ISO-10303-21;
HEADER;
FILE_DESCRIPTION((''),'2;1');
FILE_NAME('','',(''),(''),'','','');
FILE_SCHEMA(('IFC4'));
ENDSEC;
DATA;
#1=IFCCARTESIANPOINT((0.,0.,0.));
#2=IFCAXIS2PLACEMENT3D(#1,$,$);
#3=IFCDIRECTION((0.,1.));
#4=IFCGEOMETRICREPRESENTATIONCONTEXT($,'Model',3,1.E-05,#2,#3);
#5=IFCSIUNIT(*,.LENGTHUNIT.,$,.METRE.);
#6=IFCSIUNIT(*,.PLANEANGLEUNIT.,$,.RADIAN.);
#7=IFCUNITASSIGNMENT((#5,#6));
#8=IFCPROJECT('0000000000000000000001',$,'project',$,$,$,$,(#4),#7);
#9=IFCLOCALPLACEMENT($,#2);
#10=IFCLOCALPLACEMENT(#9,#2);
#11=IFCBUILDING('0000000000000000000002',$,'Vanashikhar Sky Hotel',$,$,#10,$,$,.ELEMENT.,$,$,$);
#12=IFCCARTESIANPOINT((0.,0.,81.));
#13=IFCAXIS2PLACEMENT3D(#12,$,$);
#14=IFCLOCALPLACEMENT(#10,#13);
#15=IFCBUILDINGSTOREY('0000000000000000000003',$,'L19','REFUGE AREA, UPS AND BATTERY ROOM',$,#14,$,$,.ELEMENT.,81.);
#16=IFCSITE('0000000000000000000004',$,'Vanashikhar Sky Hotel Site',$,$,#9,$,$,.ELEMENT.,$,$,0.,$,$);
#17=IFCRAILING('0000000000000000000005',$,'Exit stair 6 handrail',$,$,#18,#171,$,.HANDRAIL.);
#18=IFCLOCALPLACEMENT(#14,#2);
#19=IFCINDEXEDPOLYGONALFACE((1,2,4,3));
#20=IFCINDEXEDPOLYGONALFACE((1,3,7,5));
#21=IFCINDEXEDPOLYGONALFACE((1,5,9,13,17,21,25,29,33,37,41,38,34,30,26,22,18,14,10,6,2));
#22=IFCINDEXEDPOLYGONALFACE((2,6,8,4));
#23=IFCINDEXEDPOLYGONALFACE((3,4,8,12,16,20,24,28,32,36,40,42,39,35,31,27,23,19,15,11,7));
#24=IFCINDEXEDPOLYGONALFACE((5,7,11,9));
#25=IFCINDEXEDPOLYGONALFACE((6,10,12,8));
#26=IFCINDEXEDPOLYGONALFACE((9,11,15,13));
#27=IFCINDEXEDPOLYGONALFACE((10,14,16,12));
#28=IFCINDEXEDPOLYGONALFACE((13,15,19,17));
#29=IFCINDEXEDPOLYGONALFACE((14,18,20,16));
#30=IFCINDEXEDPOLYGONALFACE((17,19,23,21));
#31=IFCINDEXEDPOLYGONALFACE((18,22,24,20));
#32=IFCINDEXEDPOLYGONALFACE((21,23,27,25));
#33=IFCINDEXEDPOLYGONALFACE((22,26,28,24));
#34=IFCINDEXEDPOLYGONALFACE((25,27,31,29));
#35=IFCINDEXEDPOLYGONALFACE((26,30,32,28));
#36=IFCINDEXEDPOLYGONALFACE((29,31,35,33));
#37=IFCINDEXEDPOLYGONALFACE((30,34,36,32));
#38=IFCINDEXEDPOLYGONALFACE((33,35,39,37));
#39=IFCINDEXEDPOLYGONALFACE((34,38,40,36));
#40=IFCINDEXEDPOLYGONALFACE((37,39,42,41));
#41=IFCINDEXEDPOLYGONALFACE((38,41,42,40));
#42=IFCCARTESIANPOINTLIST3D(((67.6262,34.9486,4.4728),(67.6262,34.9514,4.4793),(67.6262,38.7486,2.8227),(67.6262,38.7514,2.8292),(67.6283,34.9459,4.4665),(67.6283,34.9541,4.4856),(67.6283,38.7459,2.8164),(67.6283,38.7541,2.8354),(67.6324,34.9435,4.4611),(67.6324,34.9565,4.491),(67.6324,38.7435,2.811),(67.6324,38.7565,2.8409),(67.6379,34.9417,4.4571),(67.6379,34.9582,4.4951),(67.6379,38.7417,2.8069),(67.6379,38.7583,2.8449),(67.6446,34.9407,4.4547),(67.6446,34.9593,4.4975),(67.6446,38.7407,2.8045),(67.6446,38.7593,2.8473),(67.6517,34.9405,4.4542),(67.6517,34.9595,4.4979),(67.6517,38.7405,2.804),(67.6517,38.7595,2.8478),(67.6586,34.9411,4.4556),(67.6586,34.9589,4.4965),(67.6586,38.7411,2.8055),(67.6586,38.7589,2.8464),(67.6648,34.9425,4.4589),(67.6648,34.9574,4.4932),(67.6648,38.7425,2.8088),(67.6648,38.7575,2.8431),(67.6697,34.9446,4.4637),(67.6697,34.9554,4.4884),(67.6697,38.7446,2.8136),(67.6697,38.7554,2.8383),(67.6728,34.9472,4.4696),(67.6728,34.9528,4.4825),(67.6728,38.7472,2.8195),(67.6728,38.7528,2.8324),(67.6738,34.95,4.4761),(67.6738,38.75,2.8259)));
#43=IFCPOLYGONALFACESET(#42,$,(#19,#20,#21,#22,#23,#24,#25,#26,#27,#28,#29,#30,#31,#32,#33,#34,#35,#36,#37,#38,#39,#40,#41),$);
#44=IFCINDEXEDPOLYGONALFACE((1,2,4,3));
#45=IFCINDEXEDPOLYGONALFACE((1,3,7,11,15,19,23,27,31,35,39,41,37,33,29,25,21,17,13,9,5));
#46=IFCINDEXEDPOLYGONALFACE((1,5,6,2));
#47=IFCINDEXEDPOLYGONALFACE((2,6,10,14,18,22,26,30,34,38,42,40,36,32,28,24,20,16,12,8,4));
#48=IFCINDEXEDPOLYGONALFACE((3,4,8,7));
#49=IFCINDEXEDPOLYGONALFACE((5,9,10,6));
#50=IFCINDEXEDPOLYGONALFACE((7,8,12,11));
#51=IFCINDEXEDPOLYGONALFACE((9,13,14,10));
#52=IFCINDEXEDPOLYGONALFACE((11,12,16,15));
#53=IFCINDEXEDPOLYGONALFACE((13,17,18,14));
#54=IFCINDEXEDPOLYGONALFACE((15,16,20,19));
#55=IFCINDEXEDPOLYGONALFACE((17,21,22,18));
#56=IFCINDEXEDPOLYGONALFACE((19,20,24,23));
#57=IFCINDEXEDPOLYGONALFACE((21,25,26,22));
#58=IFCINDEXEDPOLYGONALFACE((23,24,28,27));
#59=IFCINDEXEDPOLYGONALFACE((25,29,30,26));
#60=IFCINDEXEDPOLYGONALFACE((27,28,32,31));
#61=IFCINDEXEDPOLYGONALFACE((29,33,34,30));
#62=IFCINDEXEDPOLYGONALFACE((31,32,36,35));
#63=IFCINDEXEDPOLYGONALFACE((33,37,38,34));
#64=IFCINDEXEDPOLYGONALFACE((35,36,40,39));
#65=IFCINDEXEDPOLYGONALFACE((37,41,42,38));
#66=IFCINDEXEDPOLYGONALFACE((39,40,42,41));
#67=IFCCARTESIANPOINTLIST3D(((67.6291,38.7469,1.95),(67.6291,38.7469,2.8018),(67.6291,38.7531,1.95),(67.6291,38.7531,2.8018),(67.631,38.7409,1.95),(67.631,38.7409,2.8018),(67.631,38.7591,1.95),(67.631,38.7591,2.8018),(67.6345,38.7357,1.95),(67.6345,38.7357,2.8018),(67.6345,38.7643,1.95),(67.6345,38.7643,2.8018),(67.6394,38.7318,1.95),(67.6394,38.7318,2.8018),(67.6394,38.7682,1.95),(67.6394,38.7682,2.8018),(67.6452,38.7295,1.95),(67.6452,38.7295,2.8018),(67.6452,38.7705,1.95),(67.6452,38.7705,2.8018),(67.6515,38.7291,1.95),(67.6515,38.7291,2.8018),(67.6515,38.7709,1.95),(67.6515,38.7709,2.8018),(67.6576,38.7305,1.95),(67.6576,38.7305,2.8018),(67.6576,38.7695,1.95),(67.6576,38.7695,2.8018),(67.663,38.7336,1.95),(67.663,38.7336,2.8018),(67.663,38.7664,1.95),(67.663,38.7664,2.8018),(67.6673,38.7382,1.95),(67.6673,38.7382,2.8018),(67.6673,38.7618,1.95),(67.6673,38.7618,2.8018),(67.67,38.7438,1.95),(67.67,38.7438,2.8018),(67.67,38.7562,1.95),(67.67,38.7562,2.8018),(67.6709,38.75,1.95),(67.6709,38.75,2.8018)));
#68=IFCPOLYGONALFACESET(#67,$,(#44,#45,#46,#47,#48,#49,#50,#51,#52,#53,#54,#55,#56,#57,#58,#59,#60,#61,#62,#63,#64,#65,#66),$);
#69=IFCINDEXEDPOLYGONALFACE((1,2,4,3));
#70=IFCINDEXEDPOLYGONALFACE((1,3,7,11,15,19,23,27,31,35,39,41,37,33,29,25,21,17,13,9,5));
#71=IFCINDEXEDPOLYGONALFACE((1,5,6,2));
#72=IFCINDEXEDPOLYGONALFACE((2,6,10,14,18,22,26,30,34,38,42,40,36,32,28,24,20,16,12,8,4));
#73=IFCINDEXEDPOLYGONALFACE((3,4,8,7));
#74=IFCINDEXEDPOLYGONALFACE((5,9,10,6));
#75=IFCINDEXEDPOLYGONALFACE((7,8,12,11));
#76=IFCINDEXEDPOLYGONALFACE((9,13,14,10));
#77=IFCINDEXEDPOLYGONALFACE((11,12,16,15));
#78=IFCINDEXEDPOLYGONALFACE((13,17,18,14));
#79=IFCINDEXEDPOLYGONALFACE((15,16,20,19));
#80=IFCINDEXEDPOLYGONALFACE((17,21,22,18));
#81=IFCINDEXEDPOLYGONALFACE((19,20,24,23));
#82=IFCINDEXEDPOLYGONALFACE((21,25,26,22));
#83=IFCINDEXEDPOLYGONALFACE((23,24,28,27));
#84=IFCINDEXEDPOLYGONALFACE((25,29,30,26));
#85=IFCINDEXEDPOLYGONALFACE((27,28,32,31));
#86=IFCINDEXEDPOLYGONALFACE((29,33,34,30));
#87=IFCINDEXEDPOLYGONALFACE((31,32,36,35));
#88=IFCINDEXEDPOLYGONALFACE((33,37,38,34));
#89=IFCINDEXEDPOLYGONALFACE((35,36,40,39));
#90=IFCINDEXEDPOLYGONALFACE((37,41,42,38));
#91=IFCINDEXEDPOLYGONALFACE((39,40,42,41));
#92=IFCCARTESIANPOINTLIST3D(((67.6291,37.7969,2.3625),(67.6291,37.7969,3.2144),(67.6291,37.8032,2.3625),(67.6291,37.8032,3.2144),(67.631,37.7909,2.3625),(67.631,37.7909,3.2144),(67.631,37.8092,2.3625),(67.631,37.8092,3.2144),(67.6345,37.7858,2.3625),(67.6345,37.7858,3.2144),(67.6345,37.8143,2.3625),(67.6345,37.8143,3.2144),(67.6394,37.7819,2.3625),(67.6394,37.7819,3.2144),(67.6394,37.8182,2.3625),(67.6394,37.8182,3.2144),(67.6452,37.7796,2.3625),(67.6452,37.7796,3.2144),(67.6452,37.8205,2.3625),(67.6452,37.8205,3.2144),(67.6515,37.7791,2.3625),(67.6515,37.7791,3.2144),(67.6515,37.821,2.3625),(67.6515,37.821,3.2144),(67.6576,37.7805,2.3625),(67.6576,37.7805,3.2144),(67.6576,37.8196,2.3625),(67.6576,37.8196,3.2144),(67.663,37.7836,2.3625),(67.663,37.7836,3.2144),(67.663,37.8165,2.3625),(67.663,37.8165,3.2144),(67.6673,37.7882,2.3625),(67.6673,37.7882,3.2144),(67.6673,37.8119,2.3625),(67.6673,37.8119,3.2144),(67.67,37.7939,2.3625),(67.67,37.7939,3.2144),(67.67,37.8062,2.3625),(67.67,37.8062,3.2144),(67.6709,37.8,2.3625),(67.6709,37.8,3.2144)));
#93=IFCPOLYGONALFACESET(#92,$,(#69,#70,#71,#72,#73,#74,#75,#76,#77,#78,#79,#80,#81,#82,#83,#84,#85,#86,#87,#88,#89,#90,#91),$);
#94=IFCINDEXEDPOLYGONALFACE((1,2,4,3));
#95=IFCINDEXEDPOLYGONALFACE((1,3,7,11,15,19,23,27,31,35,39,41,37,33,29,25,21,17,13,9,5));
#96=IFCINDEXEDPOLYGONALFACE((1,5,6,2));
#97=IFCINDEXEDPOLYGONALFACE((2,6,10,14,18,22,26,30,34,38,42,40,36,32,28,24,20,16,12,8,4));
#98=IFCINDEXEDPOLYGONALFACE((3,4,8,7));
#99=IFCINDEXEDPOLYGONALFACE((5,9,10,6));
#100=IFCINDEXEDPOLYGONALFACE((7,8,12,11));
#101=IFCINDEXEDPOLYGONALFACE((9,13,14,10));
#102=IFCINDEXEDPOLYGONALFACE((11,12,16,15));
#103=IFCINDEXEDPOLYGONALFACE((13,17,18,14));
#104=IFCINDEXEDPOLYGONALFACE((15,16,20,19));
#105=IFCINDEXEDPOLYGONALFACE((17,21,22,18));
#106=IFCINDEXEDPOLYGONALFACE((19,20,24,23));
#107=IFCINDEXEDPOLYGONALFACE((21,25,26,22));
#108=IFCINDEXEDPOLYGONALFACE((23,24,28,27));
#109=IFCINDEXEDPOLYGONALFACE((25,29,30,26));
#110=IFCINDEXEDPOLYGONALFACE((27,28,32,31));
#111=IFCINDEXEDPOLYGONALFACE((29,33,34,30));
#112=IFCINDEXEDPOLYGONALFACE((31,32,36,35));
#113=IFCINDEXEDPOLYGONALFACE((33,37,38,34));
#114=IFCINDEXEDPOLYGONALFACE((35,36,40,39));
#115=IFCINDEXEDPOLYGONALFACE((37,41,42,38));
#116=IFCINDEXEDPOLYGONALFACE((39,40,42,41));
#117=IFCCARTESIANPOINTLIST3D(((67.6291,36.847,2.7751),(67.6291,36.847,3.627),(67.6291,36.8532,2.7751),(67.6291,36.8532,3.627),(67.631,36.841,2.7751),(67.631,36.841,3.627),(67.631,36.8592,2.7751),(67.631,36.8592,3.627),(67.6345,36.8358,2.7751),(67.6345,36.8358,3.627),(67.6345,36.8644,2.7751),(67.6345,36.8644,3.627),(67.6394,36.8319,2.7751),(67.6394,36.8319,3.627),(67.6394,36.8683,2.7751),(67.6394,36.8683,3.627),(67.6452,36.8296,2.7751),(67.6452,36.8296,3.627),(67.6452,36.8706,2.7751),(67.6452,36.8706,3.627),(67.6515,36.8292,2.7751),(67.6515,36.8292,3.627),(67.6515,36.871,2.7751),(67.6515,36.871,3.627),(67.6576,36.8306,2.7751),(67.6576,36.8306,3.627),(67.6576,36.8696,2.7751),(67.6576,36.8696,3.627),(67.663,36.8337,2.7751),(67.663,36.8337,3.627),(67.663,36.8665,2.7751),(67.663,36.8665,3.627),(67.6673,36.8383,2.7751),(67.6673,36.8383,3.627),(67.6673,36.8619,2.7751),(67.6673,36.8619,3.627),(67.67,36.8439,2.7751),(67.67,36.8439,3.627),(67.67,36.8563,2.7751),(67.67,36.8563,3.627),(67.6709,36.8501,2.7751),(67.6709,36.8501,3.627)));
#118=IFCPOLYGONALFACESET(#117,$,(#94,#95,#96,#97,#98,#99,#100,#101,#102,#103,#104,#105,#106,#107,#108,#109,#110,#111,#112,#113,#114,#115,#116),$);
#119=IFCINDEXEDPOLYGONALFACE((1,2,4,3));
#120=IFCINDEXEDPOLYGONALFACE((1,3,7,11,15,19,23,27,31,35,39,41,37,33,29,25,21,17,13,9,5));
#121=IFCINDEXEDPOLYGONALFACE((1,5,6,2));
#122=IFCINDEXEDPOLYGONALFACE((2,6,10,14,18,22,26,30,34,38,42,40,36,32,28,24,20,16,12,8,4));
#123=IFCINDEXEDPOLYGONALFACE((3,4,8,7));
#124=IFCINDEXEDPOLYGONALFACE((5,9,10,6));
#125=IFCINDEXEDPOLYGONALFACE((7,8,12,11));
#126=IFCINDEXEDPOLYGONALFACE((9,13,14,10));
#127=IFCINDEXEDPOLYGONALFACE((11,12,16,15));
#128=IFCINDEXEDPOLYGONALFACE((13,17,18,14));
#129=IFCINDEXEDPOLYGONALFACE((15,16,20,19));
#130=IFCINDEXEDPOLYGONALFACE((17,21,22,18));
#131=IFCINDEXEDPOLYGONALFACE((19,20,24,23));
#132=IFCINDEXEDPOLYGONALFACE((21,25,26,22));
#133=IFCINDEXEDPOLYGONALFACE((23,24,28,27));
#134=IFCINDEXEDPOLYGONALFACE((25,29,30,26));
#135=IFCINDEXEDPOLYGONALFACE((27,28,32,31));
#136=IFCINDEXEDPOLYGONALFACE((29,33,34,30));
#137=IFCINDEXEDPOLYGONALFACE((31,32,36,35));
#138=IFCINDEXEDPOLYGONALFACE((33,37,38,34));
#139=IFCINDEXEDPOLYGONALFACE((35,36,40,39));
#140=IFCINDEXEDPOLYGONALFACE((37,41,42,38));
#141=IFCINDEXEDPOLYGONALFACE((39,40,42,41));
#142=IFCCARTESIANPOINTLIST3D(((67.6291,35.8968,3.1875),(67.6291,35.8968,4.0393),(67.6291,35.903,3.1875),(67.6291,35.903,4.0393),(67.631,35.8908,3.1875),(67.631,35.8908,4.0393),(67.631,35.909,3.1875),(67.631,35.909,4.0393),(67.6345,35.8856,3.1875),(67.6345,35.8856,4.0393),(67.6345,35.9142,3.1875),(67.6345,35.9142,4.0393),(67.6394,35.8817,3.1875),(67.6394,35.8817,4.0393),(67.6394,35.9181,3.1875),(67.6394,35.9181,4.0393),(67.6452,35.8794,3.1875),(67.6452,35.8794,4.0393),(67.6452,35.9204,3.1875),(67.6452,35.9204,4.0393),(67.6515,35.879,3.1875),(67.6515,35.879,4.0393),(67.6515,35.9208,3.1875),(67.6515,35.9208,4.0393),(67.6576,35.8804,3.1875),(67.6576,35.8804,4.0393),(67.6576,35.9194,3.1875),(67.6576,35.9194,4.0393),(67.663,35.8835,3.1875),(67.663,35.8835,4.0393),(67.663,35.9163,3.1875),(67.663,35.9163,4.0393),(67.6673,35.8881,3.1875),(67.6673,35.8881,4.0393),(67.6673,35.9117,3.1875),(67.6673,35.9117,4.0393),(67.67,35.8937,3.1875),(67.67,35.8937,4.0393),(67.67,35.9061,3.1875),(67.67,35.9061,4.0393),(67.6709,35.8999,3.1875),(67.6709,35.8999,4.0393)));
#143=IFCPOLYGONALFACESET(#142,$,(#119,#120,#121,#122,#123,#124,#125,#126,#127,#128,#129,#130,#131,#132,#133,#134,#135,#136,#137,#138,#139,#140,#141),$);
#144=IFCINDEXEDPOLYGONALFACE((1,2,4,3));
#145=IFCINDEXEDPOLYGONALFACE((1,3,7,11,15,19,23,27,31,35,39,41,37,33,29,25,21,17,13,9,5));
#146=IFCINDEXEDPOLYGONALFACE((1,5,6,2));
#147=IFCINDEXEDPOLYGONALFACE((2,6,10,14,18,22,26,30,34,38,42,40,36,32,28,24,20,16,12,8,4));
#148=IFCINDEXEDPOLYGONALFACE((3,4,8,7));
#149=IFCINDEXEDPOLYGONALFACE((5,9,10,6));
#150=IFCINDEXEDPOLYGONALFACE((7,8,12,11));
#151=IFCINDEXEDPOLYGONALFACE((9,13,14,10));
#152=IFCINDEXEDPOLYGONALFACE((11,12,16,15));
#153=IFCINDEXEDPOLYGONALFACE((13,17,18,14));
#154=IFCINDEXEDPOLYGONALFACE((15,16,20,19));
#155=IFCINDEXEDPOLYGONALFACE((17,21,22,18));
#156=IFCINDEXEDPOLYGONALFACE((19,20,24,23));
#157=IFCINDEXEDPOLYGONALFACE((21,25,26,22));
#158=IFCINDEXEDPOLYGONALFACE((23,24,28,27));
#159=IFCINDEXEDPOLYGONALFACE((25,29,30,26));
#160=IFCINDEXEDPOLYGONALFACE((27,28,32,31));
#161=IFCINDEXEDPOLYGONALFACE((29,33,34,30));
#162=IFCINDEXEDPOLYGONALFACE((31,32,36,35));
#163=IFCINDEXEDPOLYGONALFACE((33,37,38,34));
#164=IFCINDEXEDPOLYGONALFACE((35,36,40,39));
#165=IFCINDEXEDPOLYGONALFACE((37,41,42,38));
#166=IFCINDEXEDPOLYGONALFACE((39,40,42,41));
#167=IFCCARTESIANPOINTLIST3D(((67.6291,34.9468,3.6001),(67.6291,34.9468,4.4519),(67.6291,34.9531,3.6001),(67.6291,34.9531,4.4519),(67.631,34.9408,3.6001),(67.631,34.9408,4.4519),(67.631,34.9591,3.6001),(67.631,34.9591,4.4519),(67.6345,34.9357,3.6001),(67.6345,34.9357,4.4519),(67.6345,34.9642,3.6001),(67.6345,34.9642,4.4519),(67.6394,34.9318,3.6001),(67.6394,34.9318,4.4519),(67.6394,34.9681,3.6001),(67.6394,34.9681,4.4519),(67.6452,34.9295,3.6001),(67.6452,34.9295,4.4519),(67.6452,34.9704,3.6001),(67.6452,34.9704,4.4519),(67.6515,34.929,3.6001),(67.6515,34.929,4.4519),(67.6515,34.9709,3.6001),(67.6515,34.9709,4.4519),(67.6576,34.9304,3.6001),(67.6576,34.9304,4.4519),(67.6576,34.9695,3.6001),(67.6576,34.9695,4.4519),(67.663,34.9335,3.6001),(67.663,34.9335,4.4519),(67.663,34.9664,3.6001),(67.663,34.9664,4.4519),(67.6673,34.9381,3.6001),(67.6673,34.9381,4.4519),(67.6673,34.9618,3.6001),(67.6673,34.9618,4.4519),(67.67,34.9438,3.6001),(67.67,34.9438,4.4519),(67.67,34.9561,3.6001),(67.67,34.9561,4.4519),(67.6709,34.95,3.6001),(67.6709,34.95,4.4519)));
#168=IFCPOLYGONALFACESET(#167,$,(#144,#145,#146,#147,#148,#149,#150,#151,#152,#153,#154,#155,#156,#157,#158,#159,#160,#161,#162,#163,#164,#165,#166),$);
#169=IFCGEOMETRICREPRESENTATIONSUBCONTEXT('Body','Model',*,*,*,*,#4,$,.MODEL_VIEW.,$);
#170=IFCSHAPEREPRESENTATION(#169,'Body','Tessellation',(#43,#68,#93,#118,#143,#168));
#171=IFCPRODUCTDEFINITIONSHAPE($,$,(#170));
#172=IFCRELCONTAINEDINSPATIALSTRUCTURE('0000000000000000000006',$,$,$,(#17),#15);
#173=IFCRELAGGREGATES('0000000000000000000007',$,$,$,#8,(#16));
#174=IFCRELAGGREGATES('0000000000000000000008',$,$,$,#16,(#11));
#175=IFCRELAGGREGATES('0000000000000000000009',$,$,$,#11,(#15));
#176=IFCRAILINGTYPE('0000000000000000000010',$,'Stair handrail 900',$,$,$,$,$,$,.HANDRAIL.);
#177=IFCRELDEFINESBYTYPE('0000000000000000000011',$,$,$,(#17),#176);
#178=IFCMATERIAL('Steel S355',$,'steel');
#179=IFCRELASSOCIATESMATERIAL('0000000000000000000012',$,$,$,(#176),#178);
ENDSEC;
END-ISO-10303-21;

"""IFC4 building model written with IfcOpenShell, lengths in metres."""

from ifc_helpers import new_model, si_unit, direction, frame, origin, origin_2d, place, context, subcontext, project, spatial, circle, extrude, source, transform, mapped, material, type_object, element, save


model = new_model("IFC4")

# Units and contexts
model_context = context("Model", 3, precision=1e-05, world=origin(), true_north=direction((0.0, 1.0)))
body_context = subcontext(model_context, "Body", "Model", "MODEL_VIEW")
ifc_project = project(units=[si_unit("LENGTHUNIT", "METRE"), si_unit("PLANEANGLEUNIT", "RADIAN")], contexts=[model_context])

# Site, building, storey
site_placement = place(None, origin())
site = spatial("IfcSite", under=ifc_project, at=site_placement, Name="Vanashikhar Sky Hotel Site", CompositionType="ELEMENT", RefElevation=0.0)
building_placement = place(site_placement, origin())
building = spatial("IfcBuilding", under=site, at=building_placement, Name="Vanashikhar Sky Hotel", CompositionType="ELEMENT")
storey_placement = place(building_placement, frame((0.0, 0.0, 81.0)))
storey = spatial("IfcBuildingStorey", under=building, at=storey_placement, Name="L19", Description="REFUGE AREA, UPS AND BATTERY ROOM", CompositionType="ELEMENT", Elevation=81.0)

# Railing
ifc_material_1 = material(Name="Steel S355", Category="steel")
railing_type_1 = type_object("IfcRailingType", Name="Stair handrail 900", PredefinedType="HANDRAIL", material=ifc_material_1)
shared_shape_1 = source(origin(), body_context, "Body", "SweptSolid", [
    extrude(circle(Radius=0.0239, at=origin_2d()), frame((0.0, 0.0, 0.876), z_axis=(0.0, -0.917251, 0.39831), x_axis=(1.0, 0.0, 0.0)), (0.0, 0.0, 1.0), 4.1428),
    extrude(circle(Radius=0.021, at=origin_2d()), origin(), (0.0, 0.0, 1.0), 0.8518),
    extrude(circle(Radius=0.021, at=origin_2d()), frame((0.0, -0.95, 0.4126)), (0.0, 0.0, 1.0), 0.8518),
    extrude(circle(Radius=0.021, at=origin_2d()), frame((0.0, -1.8999, 0.8252)), (0.0, 0.0, 1.0), 0.8518),
    extrude(circle(Radius=0.021, at=origin_2d()), frame((0.0, -2.8501, 1.2375)), (0.0, 0.0, 1.0), 0.8518),
    extrude(circle(Radius=0.021, at=origin_2d()), frame((0.0, -3.8, 1.6501)), (0.0, 0.0, 1.0), 0.8518),
])
for number, where, name in (
    (1, (67.6499, 38.75, 1.95), "Exit stair 6 handrail"),
):
    element("IfcRailing", number, at=place(storey_placement, frame(where)), inside=storey, type_object=railing_type_1, Name=name, PredefinedType="HANDRAIL", context=body_context, shape_type="MappedRepresentation", body=[
        mapped(shared_shape_1, transform((0.0, 0.0, 0.0), scale=1.0)),
    ])

save(model, "model.ifc")
